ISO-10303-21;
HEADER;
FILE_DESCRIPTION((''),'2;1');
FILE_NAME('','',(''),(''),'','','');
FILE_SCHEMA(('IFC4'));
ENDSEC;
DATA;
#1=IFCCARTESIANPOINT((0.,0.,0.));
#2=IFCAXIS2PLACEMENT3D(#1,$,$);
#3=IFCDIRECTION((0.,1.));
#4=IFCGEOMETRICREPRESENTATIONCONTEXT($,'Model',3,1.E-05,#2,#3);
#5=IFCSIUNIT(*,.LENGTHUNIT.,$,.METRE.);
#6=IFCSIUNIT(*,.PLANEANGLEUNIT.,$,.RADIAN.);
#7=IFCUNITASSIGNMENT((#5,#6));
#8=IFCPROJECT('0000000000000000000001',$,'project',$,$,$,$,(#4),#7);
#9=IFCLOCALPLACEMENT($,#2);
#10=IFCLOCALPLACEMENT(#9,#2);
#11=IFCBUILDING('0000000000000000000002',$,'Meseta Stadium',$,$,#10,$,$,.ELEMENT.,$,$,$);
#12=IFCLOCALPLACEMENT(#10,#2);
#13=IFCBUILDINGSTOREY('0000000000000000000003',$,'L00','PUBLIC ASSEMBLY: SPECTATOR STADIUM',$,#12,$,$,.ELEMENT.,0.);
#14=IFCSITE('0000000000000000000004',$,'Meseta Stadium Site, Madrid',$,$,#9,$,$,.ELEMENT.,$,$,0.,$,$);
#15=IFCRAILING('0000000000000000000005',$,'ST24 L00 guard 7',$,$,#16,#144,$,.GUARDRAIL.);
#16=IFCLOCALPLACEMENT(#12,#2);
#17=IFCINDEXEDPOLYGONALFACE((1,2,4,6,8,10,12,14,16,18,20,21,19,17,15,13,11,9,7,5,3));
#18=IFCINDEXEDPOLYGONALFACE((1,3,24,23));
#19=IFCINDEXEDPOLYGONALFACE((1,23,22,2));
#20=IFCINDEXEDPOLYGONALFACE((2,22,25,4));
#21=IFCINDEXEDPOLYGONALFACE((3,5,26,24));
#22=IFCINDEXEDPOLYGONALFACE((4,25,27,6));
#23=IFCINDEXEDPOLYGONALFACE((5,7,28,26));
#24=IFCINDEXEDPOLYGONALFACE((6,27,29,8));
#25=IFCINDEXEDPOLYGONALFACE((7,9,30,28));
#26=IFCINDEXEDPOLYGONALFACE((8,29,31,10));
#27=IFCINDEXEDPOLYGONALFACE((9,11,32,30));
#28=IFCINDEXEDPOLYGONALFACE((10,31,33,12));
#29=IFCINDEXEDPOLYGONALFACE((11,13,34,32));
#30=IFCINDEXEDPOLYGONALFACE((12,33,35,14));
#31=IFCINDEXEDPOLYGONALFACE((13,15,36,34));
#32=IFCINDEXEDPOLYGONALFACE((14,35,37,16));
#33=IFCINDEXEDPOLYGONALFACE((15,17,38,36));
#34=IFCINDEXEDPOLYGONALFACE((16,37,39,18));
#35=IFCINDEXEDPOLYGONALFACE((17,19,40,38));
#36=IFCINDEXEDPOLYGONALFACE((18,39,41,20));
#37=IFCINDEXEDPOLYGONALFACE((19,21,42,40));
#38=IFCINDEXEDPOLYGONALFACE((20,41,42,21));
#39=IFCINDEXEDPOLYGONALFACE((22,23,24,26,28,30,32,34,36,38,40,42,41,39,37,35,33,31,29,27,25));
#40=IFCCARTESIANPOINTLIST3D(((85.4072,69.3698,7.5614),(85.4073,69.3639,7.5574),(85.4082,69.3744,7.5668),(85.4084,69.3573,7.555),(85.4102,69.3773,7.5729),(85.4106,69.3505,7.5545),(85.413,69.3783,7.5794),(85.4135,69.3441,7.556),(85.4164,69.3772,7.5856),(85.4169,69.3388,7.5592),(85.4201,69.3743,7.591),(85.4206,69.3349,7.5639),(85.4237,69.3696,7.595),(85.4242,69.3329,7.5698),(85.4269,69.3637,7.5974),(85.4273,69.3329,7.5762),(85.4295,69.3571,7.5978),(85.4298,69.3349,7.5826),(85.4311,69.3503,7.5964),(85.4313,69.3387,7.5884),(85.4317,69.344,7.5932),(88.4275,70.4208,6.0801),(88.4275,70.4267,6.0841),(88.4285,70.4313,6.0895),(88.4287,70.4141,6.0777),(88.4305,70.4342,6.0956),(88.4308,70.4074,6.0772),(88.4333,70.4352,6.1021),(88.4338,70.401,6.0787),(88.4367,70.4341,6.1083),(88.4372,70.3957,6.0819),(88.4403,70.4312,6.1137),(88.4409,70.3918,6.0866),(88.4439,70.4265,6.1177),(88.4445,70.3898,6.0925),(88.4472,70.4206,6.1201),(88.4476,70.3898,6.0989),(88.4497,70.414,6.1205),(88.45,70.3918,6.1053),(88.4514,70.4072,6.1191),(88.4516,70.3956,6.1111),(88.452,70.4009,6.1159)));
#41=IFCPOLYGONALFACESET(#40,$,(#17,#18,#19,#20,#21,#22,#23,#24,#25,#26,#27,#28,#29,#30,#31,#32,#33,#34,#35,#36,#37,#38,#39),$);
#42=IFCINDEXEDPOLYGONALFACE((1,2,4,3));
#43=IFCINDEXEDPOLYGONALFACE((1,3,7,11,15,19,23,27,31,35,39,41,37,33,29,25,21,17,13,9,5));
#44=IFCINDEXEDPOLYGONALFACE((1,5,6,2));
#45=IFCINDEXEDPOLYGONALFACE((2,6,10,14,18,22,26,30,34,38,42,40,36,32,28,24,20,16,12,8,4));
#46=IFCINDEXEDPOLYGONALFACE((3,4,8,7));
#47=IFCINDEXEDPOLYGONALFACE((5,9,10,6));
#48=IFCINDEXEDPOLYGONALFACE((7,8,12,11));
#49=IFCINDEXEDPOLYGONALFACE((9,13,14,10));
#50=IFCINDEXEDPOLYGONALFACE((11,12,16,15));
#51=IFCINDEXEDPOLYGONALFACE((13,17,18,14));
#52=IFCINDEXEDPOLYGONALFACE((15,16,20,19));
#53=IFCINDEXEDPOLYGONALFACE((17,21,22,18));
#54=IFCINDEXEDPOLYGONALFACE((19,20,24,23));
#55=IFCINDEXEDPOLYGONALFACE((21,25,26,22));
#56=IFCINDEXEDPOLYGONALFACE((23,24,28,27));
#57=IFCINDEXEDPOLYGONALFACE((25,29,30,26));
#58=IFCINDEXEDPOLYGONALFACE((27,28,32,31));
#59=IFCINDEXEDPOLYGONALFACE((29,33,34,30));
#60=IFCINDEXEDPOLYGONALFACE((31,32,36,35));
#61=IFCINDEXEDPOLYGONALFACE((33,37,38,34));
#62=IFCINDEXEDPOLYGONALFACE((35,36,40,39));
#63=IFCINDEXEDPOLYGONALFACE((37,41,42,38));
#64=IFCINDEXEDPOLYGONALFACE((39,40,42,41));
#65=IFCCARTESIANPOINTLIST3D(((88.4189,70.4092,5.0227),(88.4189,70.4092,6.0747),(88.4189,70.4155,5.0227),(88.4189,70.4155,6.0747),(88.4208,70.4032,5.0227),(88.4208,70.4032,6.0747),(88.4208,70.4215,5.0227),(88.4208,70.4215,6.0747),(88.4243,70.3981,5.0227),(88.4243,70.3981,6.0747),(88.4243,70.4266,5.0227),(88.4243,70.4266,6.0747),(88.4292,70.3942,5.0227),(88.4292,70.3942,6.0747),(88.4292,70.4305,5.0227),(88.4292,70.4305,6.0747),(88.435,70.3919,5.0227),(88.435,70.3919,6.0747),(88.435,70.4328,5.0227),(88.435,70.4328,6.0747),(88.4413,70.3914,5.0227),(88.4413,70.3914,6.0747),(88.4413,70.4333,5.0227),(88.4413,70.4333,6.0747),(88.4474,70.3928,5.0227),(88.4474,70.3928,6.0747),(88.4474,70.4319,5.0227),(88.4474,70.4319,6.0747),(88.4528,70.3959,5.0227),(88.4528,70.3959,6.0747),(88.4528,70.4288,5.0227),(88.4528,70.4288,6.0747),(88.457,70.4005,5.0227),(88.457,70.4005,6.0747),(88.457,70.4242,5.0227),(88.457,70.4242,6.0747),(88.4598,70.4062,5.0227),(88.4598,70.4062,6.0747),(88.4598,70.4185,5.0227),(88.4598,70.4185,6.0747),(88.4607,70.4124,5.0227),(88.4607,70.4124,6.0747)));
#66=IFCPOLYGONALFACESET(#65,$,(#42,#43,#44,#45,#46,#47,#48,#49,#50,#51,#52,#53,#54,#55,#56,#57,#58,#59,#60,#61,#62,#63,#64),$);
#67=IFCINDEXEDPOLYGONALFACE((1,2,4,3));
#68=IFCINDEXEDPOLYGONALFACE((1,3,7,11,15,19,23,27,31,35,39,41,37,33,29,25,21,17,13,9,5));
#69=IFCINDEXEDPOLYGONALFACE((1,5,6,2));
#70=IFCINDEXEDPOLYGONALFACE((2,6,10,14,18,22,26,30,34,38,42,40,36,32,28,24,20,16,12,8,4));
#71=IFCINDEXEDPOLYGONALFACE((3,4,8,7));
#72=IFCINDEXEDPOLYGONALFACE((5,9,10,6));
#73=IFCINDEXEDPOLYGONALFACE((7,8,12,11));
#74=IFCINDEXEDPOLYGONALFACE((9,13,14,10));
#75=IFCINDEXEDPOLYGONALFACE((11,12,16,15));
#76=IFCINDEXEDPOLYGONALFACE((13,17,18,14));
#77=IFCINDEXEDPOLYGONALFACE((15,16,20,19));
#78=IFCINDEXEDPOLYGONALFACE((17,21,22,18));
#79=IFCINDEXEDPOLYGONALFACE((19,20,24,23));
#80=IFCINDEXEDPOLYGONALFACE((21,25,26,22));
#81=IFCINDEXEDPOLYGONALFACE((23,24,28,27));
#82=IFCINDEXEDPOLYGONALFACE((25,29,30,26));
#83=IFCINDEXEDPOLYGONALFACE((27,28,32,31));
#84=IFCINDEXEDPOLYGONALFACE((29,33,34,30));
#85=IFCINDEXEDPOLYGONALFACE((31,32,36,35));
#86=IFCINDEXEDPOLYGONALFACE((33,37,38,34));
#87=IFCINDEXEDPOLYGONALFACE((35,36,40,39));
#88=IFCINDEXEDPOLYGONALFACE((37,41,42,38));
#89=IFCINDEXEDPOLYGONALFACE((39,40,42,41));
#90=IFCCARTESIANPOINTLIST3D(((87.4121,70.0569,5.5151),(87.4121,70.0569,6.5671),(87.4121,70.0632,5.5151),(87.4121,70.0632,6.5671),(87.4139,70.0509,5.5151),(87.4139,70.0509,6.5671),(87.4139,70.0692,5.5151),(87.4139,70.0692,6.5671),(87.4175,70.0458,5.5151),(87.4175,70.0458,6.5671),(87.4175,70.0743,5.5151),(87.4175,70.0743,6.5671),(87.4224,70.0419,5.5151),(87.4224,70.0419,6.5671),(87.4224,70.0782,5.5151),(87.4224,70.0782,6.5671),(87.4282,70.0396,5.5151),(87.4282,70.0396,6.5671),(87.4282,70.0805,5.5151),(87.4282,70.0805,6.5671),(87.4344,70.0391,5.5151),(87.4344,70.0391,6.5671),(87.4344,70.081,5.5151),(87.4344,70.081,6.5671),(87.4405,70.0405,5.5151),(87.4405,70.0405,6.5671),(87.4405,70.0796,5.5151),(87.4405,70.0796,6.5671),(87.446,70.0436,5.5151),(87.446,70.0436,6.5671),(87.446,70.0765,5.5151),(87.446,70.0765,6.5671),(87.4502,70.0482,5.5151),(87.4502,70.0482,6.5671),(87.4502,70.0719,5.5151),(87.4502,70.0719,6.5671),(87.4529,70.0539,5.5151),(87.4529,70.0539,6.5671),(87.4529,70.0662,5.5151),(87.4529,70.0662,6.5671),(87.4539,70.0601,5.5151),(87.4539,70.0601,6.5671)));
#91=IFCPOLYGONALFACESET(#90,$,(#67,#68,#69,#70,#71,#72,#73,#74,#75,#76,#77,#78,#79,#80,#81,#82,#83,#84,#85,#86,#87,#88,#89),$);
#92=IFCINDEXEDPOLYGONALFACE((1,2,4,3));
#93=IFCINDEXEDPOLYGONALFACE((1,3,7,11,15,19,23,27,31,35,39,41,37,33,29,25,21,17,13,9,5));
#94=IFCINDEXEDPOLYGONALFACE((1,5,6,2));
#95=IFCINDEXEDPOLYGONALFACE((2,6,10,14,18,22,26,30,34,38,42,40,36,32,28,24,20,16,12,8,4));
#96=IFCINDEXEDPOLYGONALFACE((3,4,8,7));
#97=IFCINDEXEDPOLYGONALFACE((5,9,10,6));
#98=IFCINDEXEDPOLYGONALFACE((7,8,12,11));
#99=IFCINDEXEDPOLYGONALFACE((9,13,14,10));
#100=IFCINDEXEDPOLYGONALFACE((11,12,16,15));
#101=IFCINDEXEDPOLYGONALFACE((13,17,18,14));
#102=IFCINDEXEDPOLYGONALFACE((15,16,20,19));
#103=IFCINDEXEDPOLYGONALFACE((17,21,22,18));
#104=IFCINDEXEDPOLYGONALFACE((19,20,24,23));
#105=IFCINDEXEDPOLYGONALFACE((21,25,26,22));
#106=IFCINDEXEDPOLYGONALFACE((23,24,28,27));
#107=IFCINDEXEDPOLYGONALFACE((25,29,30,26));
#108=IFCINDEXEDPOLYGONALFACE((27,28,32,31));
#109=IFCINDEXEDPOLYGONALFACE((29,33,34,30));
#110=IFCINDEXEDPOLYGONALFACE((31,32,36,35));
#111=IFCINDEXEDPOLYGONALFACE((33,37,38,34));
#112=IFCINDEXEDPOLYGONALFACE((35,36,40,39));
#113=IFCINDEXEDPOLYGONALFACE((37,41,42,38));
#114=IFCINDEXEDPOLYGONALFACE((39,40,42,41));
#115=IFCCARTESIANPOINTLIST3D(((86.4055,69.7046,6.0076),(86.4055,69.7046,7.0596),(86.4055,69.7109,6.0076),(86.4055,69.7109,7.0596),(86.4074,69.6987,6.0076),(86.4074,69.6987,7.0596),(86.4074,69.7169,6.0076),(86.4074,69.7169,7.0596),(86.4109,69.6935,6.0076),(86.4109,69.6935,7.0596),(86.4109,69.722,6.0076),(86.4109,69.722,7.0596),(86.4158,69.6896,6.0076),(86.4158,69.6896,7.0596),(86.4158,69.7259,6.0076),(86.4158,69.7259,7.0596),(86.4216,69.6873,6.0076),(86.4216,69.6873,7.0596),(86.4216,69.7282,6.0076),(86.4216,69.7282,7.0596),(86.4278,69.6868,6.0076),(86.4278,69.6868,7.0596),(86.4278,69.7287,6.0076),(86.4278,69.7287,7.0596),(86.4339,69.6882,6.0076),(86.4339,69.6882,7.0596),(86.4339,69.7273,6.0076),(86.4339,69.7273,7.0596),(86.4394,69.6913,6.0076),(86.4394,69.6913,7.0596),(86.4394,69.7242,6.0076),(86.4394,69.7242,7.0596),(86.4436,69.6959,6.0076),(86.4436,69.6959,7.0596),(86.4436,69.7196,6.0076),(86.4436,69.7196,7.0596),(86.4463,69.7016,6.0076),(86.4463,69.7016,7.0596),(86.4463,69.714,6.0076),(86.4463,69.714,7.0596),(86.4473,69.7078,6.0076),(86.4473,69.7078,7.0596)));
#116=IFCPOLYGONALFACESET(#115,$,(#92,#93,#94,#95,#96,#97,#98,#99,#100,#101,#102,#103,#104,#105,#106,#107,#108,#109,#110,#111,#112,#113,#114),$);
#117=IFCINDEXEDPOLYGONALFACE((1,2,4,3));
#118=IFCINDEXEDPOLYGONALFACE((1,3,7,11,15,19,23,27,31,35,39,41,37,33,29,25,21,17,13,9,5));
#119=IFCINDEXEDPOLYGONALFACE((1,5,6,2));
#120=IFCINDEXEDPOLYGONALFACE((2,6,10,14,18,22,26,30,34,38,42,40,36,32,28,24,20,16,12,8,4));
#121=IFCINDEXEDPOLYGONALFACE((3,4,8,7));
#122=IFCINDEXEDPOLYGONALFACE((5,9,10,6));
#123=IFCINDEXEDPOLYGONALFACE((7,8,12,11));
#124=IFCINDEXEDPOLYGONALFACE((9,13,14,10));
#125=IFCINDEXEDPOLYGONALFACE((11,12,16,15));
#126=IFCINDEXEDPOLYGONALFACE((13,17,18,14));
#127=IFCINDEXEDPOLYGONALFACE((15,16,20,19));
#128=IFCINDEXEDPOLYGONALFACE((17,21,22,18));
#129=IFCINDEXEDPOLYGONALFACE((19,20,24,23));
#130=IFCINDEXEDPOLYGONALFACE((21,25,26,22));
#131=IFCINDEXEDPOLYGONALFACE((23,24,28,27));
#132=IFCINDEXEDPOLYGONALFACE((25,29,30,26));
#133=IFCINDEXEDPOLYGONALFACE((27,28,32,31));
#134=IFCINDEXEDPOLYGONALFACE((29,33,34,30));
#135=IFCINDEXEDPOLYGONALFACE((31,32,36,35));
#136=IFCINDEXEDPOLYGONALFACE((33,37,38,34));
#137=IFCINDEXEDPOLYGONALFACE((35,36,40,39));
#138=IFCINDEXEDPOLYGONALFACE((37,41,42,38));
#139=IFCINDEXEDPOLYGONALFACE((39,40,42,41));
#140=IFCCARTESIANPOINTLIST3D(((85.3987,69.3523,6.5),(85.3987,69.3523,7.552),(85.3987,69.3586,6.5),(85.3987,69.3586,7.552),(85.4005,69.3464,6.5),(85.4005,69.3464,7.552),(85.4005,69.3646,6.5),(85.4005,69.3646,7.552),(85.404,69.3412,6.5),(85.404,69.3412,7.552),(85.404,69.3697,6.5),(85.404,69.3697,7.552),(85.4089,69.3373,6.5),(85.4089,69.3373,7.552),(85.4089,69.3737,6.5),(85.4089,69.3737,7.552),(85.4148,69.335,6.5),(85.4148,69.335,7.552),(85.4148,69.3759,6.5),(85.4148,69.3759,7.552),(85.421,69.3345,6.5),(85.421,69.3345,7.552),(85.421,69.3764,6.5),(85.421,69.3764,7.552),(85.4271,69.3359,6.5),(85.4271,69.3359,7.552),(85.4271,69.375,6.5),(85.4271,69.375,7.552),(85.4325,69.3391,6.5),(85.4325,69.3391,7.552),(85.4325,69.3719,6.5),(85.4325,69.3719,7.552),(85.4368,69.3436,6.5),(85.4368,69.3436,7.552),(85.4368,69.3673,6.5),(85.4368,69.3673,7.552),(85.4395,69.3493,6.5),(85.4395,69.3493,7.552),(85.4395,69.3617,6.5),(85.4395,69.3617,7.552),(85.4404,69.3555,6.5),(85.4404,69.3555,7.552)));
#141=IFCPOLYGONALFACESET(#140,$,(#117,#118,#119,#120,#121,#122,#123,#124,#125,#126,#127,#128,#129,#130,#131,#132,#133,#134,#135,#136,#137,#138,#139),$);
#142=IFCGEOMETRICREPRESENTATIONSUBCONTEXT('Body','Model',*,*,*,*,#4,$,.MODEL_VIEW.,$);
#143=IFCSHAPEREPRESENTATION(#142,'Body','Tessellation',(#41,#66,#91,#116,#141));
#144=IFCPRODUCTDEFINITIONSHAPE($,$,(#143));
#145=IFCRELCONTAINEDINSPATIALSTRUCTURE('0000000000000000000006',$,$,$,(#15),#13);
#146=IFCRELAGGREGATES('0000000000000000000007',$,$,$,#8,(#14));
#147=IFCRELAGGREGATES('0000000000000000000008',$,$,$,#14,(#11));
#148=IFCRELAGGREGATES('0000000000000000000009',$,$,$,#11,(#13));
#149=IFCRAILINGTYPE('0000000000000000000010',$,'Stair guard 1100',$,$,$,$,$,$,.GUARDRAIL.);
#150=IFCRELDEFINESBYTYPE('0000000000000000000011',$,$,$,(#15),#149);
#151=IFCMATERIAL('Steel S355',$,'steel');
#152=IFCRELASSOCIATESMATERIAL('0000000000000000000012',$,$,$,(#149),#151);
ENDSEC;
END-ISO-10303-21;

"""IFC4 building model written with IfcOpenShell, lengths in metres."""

from ifc_helpers import new_model, si_unit, direction, frame, origin, origin_2d, place, context, subcontext, project, spatial, circle, extrude, material, type_object, element, save


model = new_model("IFC4")

# Units and contexts
model_context = context("Model", 3, precision=1e-05, world=origin(), true_north=direction((0.0, 1.0)))
body_context = subcontext(model_context, "Body", "Model", "MODEL_VIEW")
ifc_project = project(units=[si_unit("LENGTHUNIT", "METRE"), si_unit("PLANEANGLEUNIT", "RADIAN")], contexts=[model_context])

# Site, building, storey
site_placement = place(None, origin())
site = spatial("IfcSite", under=ifc_project, at=site_placement, Name="Meseta Stadium Site, Madrid", CompositionType="ELEMENT", RefElevation=0.0)
building_placement = place(site_placement, origin())
building = spatial("IfcBuilding", under=site, at=building_placement, Name="Meseta Stadium", CompositionType="ELEMENT")
storey_placement = place(building_placement, origin())
storey = spatial("IfcBuildingStorey", under=building, at=storey_placement, Name="L00", Description="PUBLIC ASSEMBLY: SPECTATOR STADIUM", CompositionType="ELEMENT", Elevation=0.0)

# Railing
ifc_material_1 = material(Name="Steel S355", Category="steel")
railing_type_1 = type_object("IfcRailingType", Name="Stair guard 1100", PredefinedType="GUARDRAIL", material=ifc_material_1)
railing_1_placement = place(storey_placement, frame((88.4397, 70.4124, 5.0227)))
element("IfcRailing", 1, at=railing_1_placement, inside=storey, type_object=railing_type_1, Name="ST24 L00 guard 7", PredefinedType="GUARDRAIL", context=body_context, shape_type="SweptSolid", body=[
    extrude(circle(Radius=0.0239, at=origin_2d()), frame((0.0, 0.0, 1.0762), z_axis=(-0.856958, -0.299876, 0.419162), x_axis=(0.330293, -0.943879, 0.0)), (0.0, 0.0, 1.0), 3.5244),
    extrude(circle(Radius=0.021, at=origin_2d()), origin(), (0.0, 0.0, 1.0), 1.052),
    extrude(circle(Radius=0.021, at=origin_2d()), frame((-1.0068, -0.3523, 0.4924)), (0.0, 0.0, 1.0), 1.052),
    extrude(circle(Radius=0.021, at=origin_2d()), frame((-2.0134, -0.7046, 0.9849)), (0.0, 0.0, 1.0), 1.052),
    extrude(circle(Radius=0.021, at=origin_2d()), frame((-3.0203, -1.0569, 1.4773)), (0.0, 0.0, 1.0), 1.052),
])

save(model, "model.ifc")
